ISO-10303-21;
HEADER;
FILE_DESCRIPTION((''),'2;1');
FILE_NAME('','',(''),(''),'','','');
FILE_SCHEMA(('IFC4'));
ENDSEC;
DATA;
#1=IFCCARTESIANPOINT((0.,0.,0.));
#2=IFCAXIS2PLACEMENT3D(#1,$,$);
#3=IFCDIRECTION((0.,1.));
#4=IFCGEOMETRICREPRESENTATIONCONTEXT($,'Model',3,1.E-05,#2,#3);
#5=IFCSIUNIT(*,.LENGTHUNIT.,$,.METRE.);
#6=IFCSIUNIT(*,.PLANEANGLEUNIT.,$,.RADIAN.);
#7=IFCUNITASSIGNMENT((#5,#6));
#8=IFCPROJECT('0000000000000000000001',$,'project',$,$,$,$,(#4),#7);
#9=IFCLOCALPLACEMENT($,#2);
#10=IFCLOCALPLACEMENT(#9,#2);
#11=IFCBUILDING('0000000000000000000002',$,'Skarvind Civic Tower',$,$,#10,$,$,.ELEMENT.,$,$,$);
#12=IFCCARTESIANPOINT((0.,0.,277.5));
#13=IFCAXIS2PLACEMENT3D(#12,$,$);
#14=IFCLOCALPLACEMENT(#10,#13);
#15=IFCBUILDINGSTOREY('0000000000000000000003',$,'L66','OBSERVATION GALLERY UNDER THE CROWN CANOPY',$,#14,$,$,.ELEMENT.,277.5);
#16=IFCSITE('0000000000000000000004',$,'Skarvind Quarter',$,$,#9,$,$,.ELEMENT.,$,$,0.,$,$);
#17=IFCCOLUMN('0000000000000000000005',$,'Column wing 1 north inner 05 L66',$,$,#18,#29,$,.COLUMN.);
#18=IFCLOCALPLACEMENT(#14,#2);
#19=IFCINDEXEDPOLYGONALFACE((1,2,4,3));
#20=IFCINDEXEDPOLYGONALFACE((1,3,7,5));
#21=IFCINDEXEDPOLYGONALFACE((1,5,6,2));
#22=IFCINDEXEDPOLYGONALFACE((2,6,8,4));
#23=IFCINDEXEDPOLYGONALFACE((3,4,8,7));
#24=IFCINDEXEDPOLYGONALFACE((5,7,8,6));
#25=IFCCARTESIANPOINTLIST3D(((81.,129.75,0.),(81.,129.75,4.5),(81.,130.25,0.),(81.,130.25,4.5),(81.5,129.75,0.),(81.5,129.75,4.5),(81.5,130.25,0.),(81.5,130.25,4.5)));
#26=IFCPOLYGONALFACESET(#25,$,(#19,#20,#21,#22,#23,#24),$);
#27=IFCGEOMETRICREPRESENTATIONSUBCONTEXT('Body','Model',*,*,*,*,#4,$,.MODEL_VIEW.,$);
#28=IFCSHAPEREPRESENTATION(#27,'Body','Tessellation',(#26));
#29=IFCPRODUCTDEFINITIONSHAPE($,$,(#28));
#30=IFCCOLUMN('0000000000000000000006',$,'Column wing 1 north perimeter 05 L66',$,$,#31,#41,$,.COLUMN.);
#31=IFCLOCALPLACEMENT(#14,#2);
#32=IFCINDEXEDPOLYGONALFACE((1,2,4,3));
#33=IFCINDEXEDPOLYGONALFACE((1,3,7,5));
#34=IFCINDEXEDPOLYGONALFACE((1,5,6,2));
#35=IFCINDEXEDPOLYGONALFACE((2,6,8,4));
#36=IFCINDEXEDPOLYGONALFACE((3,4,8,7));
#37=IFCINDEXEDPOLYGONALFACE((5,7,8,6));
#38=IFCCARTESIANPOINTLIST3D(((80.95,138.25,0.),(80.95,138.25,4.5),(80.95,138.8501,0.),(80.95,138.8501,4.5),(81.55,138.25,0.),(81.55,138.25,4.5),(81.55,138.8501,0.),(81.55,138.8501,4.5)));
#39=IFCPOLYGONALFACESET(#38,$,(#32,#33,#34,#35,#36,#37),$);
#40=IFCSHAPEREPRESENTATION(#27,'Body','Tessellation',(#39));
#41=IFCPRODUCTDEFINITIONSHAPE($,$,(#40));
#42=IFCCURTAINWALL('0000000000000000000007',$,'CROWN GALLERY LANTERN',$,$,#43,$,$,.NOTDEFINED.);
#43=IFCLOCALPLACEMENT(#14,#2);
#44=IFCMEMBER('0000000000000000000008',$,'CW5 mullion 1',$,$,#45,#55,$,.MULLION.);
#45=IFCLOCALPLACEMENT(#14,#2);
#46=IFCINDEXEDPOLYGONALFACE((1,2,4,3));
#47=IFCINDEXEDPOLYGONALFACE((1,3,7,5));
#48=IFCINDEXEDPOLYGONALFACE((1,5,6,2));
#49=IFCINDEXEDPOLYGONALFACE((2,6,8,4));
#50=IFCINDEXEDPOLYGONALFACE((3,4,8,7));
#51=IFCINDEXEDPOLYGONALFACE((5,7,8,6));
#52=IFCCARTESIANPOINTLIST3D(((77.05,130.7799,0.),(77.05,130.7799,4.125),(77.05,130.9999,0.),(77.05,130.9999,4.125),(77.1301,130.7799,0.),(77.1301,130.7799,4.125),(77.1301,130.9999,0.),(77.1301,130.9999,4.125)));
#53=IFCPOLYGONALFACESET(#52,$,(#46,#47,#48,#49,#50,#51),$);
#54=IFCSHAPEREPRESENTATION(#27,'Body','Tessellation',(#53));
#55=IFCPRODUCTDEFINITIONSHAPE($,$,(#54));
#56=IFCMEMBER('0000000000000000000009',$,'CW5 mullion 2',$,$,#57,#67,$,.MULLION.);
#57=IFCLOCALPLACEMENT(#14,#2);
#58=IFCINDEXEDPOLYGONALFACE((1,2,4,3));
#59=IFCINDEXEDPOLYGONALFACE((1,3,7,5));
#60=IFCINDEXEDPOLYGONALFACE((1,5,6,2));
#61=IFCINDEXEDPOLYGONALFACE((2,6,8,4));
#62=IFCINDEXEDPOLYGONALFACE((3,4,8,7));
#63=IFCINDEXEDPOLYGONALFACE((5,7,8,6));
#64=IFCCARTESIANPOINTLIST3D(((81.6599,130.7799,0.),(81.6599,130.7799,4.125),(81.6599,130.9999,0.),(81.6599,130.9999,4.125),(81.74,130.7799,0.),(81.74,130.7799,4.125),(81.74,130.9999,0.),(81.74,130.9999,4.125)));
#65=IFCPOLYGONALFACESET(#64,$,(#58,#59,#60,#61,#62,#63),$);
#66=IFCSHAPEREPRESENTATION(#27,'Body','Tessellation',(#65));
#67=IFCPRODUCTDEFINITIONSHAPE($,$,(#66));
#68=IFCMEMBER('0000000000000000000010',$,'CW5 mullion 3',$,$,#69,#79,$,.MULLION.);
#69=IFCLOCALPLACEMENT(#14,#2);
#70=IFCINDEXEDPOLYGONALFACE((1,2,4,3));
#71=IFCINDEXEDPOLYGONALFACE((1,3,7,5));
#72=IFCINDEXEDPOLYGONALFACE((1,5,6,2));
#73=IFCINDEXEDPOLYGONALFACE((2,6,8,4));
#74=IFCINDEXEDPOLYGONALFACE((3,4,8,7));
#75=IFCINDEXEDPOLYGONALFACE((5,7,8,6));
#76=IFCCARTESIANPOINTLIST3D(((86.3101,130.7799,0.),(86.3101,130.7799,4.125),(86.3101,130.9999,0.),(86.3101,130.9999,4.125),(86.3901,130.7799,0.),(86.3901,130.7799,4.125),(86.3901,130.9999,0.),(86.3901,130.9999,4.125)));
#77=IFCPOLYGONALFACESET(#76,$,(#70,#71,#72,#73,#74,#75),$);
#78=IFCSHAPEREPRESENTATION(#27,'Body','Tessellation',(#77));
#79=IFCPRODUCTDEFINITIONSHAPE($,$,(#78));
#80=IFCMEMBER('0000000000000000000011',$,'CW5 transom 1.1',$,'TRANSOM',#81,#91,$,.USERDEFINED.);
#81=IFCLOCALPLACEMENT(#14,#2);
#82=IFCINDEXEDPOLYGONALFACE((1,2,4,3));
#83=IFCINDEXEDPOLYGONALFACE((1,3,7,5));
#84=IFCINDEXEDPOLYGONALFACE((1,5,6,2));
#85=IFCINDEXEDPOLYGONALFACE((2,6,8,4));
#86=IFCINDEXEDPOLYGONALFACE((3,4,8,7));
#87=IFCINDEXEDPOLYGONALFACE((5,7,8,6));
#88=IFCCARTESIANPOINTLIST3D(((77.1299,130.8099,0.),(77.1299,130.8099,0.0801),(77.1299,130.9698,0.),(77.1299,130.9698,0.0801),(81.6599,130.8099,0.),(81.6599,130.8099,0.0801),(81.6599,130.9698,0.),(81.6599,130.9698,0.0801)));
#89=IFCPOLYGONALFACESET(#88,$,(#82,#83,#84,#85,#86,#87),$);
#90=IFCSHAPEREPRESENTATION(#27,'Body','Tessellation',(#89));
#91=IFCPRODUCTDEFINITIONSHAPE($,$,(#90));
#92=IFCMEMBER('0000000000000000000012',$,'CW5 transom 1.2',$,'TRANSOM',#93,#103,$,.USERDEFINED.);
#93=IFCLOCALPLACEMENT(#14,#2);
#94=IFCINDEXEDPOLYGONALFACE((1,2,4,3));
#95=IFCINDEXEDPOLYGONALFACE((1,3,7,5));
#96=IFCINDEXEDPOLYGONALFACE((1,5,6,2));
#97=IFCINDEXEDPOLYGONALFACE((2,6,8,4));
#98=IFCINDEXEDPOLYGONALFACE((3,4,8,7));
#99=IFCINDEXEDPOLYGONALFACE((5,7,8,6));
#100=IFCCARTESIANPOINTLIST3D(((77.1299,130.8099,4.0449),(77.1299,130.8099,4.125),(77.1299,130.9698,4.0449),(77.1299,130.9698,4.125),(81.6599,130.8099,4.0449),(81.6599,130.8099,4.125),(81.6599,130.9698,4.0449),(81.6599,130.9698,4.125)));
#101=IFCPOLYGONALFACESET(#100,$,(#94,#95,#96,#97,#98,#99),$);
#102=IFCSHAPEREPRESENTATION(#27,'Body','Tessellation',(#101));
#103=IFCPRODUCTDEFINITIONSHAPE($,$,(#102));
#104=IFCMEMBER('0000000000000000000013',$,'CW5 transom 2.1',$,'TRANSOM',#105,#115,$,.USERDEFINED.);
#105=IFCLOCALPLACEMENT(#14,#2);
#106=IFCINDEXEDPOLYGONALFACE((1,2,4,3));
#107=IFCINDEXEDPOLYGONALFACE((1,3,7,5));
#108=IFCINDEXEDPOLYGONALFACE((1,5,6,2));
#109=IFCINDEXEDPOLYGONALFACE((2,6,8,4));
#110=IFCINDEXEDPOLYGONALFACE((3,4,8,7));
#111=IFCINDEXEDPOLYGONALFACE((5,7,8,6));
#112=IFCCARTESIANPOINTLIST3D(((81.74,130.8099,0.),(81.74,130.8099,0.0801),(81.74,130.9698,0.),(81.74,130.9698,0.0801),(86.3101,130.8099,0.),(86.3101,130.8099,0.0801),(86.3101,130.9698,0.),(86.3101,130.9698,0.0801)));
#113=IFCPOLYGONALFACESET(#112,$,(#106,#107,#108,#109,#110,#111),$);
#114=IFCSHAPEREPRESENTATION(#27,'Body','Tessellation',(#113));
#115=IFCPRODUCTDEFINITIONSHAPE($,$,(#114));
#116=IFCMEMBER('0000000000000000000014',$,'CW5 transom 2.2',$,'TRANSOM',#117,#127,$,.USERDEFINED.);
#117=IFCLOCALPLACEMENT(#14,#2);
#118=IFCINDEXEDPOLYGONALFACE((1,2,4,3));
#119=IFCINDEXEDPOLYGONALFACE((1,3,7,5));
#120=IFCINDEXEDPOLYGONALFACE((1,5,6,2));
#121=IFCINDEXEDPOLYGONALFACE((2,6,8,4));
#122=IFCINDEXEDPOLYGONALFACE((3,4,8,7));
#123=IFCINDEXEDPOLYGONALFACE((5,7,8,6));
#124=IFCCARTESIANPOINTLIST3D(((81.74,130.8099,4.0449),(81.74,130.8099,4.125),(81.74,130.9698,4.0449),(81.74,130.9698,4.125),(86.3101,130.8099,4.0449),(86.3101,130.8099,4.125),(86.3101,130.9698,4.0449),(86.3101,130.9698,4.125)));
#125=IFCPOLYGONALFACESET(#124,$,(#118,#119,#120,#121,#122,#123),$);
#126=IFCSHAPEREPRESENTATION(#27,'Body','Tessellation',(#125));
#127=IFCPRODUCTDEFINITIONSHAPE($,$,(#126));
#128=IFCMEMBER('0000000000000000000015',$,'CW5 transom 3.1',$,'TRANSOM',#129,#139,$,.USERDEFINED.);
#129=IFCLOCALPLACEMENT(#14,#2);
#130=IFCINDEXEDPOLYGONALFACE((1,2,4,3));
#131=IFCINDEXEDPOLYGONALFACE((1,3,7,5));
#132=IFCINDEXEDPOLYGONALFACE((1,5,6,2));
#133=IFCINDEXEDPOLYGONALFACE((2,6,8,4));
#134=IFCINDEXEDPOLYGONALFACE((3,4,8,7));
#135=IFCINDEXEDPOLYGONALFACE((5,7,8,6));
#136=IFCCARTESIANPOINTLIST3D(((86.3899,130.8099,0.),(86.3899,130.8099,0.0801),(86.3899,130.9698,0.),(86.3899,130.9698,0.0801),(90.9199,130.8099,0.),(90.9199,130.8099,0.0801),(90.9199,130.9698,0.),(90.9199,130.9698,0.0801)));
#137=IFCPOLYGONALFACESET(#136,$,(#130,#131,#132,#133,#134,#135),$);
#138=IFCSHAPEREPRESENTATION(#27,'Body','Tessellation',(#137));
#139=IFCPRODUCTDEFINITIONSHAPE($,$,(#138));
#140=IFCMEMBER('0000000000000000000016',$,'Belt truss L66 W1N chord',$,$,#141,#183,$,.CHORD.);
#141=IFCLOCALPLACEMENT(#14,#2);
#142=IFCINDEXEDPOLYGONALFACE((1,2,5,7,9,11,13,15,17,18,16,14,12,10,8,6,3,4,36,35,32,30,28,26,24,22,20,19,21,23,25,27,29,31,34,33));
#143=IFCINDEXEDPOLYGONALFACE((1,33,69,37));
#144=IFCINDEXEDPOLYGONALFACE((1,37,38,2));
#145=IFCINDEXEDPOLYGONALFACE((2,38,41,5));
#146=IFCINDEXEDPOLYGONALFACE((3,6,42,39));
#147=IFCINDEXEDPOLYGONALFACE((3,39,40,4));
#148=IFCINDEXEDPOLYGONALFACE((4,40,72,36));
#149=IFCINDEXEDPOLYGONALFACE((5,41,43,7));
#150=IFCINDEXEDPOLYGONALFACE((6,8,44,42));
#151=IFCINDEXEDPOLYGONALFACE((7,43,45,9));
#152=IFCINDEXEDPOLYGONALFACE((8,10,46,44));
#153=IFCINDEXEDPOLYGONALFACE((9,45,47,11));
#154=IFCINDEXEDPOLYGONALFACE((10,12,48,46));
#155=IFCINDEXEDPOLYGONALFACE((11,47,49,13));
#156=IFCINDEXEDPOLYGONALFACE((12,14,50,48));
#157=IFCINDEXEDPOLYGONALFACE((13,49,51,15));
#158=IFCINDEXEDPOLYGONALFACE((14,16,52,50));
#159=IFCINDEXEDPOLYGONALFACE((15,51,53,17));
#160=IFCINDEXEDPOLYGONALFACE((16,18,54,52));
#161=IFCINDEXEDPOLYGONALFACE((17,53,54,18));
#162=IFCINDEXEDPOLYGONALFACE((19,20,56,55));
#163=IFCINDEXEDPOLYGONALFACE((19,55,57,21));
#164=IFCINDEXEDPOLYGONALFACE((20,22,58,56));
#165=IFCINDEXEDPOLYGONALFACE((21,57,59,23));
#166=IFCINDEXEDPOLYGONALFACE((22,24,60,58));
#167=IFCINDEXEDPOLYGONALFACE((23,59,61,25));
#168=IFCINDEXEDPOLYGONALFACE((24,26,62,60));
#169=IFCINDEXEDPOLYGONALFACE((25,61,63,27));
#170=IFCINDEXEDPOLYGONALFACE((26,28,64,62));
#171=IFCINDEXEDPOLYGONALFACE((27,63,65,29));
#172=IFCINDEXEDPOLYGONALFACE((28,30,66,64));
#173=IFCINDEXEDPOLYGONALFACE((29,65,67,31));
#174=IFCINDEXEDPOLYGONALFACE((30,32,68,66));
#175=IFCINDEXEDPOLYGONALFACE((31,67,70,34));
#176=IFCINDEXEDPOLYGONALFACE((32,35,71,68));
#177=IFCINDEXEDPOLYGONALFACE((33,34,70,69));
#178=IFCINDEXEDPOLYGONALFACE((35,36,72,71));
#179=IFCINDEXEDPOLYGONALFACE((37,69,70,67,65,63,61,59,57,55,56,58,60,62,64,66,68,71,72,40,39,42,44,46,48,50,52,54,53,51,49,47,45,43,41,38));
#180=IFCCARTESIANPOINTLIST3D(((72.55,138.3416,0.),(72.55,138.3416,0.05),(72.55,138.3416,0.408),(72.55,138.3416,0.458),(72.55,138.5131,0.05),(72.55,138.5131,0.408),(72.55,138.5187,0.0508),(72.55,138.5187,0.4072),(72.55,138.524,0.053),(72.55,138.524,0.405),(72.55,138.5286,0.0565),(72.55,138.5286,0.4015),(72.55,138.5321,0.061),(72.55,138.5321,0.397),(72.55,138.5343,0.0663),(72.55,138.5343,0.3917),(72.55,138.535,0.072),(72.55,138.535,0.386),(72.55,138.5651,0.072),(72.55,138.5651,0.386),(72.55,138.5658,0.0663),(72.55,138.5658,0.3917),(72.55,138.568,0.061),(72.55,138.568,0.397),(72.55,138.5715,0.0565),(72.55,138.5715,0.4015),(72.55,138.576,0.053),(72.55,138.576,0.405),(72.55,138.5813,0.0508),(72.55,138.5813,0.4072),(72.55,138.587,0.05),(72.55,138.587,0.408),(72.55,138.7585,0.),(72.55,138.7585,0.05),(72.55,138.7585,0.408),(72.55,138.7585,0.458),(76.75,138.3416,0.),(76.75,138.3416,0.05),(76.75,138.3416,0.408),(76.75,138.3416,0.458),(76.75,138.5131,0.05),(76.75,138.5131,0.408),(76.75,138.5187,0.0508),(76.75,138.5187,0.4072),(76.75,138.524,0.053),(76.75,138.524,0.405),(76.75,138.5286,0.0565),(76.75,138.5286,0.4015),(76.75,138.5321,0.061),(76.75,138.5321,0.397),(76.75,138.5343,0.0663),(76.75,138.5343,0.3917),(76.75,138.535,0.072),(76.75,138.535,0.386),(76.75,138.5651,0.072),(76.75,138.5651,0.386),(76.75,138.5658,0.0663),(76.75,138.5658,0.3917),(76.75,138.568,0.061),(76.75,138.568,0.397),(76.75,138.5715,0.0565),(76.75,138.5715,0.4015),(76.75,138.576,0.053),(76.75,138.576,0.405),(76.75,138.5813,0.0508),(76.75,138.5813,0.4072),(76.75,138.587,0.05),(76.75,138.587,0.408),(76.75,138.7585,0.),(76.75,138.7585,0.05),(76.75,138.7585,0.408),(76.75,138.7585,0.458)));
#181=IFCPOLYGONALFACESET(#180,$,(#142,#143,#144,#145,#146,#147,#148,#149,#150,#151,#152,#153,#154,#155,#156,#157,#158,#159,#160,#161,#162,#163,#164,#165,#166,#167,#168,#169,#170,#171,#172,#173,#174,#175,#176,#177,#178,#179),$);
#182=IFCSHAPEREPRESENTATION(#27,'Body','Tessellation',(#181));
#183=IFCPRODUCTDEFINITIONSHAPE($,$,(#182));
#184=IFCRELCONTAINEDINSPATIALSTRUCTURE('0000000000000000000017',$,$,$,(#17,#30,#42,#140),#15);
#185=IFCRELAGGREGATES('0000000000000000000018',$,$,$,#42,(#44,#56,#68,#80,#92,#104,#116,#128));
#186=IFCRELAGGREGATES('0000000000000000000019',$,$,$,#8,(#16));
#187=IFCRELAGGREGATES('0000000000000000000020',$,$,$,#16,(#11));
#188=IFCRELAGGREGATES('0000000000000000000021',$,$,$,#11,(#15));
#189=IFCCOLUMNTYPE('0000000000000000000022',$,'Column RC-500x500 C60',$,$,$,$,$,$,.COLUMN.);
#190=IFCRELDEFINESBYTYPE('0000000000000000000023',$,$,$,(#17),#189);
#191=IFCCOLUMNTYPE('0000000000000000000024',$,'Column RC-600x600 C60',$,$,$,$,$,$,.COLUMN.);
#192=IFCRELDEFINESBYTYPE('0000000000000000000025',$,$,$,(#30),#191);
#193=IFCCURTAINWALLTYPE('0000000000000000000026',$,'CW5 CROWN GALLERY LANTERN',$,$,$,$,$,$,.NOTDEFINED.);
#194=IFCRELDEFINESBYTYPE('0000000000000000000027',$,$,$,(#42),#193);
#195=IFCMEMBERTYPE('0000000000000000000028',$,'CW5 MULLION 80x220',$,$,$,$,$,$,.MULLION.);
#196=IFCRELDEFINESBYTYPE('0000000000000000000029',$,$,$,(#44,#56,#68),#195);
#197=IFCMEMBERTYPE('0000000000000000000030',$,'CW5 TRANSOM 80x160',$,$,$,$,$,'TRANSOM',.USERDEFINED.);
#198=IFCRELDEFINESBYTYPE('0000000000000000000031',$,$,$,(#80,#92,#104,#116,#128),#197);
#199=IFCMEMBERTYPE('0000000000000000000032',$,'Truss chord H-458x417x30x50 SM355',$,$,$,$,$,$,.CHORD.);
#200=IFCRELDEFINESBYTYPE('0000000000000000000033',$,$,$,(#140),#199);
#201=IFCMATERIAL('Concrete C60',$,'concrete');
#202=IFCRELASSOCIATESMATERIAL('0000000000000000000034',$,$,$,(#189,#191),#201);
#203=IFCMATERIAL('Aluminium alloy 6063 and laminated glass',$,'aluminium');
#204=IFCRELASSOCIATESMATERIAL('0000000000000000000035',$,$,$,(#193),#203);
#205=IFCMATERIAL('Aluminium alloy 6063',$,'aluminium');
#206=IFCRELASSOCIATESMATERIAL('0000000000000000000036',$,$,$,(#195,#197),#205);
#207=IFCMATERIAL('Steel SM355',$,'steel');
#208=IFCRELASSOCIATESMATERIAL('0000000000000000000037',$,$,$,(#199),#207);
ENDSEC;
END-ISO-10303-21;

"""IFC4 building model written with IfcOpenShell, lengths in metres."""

from ifc_helpers import new_model, si_unit, direction, frame, origin, origin_2d, place, context, subcontext, project, spatial, rectangle, i_section, extrude, material, material_profile, profile_set, type_object, element, aggregate, save


model = new_model("IFC4")

# Units and contexts
model_context = context("Model", 3, precision=1e-05, world=origin(), true_north=direction((0.0, 1.0)))
body_context = subcontext(model_context, "Body", "Model", "MODEL_VIEW")
ifc_project = project(units=[si_unit("LENGTHUNIT", "METRE"), si_unit("PLANEANGLEUNIT", "RADIAN")], contexts=[model_context])

# Site, building, storey
site_placement = place(None, origin())
site = spatial("IfcSite", under=ifc_project, at=site_placement, Name="Skarvind Quarter", CompositionType="ELEMENT", RefElevation=0.0)
building_placement = place(site_placement, origin())
building = spatial("IfcBuilding", under=site, at=building_placement, Name="Skarvind Civic Tower", CompositionType="ELEMENT")
storey_placement = place(building_placement, frame((0.0, 0.0, 277.5)))
storey = spatial("IfcBuildingStorey", under=building, at=storey_placement, Name="L66", Description="OBSERVATION GALLERY UNDER THE CROWN CANOPY", CompositionType="ELEMENT", Elevation=277.5)

# Columns
ifc_material_1 = material(Name="Concrete C60", Category="concrete")
ifc_material_profile_1 = material_profile(ifc_material_1, rectangle(XDim=0.5, YDim=0.5, at=origin_2d()), Name="RC-500x500")
ifc_profile_set_1 = profile_set([ifc_material_profile_1], Name="Concrete C60")
column_type_1 = type_object("IfcColumnType", Name="Column RC-500x500 C60", PredefinedType="COLUMN", material=ifc_profile_set_1)
column_1_placement = place(storey_placement, frame((81.25, 130.0, 0.0), z_axis=(0.0, 0.0, 1.0), x_axis=(1.0, 0.0, 0.0)))
element("IfcColumn", 1, at=column_1_placement, inside=storey, type_object=column_type_1, Name="Column wing 1 north inner 05 L66", PredefinedType="COLUMN", context=body_context, shape_type="SweptSolid", body=[
    extrude(rectangle(XDim=0.5, YDim=0.5, at=origin_2d()), origin(), (0.0, 0.0, 1.0), 4.5),
])
ifc_material_profile_2 = material_profile(ifc_material_1, rectangle(XDim=0.6001, YDim=0.6001, at=origin_2d()), Name="RC-600x600")
ifc_profile_set_2 = profile_set([ifc_material_profile_2], Name="Concrete C60")
column_type_2 = type_object("IfcColumnType", Name="Column RC-600x600 C60", PredefinedType="COLUMN", material=ifc_profile_set_2)
column_2_placement = place(storey_placement, frame((81.25, 138.55, 0.0), z_axis=(0.0, 0.0, 1.0), x_axis=(1.0, 0.0, 0.0)))
element("IfcColumn", 2, at=column_2_placement, inside=storey, type_object=column_type_2, Name="Column wing 1 north perimeter 05 L66", PredefinedType="COLUMN", context=body_context, shape_type="SweptSolid", body=[
    extrude(rectangle(XDim=0.6001, YDim=0.6001, at=origin_2d()), origin(), (0.0, 0.0, 1.0), 4.5),
])

# Curtain wall, members
ifc_material_2 = material(Name="Aluminium alloy 6063 and laminated glass", Category="aluminium")
curtain_wall_type = type_object("IfcCurtainWallType", Name="CW5 CROWN GALLERY LANTERN", PredefinedType="NOTDEFINED", material=ifc_material_2)
curtain_wall_placement = place(storey_placement, origin())
curtain_wall = element("IfcCurtainWall", 3, at=curtain_wall_placement, inside=storey, type_object=curtain_wall_type, Name="CROWN GALLERY LANTERN", PredefinedType="NOTDEFINED")
ifc_material_3 = material(Name="Aluminium alloy 6063", Category="aluminium")
ifc_material_profile_3 = material_profile(ifc_material_3, rectangle(XDim=0.22, YDim=0.0801, at=origin_2d()), Name="AL 80x220")
ifc_profile_set_3 = profile_set([ifc_material_profile_3], Name="Aluminium alloy 6063")
member_type_1 = type_object("IfcMemberType", Name="CW5 MULLION 80x220", PredefinedType="MULLION", material=ifc_profile_set_3)
member_1_placement = place(storey_placement, frame((77.0901, 130.8899, 0.0), z_axis=(0.0, 0.0, 1.0), x_axis=(0.0, 1.0, 0.0)))
member_1 = element("IfcMember", 4, at=member_1_placement, type_object=member_type_1, Name="CW5 mullion 1", PredefinedType="MULLION", context=body_context, shape_type="SweptSolid", body=[
    extrude(rectangle(XDim=0.22, YDim=0.0801, at=origin_2d()), origin(), (0.0, 0.0, 1.0), 4.125),
])
member_2_placement = place(storey_placement, frame((81.7, 130.8899, 0.0), z_axis=(0.0, 0.0, 1.0), x_axis=(0.0, 1.0, 0.0)))
member_2 = element("IfcMember", 5, at=member_2_placement, type_object=member_type_1, Name="CW5 mullion 2", PredefinedType="MULLION", context=body_context, shape_type="SweptSolid", body=[
    extrude(rectangle(XDim=0.22, YDim=0.0801, at=origin_2d()), origin(), (0.0, 0.0, 1.0), 4.125),
])
member_3_placement = place(storey_placement, frame((86.3501, 130.8899, 0.0), z_axis=(0.0, 0.0, 1.0), x_axis=(0.0, 1.0, 0.0)))
member_3 = element("IfcMember", 6, at=member_3_placement, type_object=member_type_1, Name="CW5 mullion 3", PredefinedType="MULLION", context=body_context, shape_type="SweptSolid", body=[
    extrude(rectangle(XDim=0.22, YDim=0.0801, at=origin_2d()), origin(), (0.0, 0.0, 1.0), 4.125),
])
ifc_material_profile_4 = material_profile(ifc_material_3, rectangle(XDim=0.1599, YDim=0.0801, at=origin_2d()), Name="AL 80x160")
ifc_profile_set_4 = profile_set([ifc_material_profile_4], Name="Aluminium alloy 6063")
member_type_2 = type_object("IfcMemberType", Name="CW5 TRANSOM 80x160", ElementType="TRANSOM", PredefinedType="USERDEFINED", material=ifc_profile_set_4)
member_4_placement = place(storey_placement, frame((77.1299, 130.8899, 0.04), z_axis=(1.0, 0.0, 0.0), x_axis=(0.0, 1.0, 0.0)))
member_4 = element("IfcMember", 7, at=member_4_placement, type_object=member_type_2, Name="CW5 transom 1.1", ObjectType="TRANSOM", PredefinedType="USERDEFINED", context=body_context, shape_type="SweptSolid", body=[
    extrude(rectangle(XDim=0.1599, YDim=0.0801, at=origin_2d()), origin(), (0.0, 0.0, 1.0), 4.53),
])
member_5_placement = place(storey_placement, frame((77.1299, 130.8899, 4.085), z_axis=(1.0, 0.0, 0.0), x_axis=(0.0, 1.0, 0.0)))
member_5 = element("IfcMember", 8, at=member_5_placement, type_object=member_type_2, Name="CW5 transom 1.2", ObjectType="TRANSOM", PredefinedType="USERDEFINED", context=body_context, shape_type="SweptSolid", body=[
    extrude(rectangle(XDim=0.1599, YDim=0.0801, at=origin_2d()), origin(), (0.0, 0.0, 1.0), 4.53),
])
member_6_placement = place(storey_placement, frame((81.74, 130.8899, 0.04), z_axis=(1.0, 0.0, 0.0), x_axis=(0.0, 1.0, 0.0)))
member_6 = element("IfcMember", 9, at=member_6_placement, type_object=member_type_2, Name="CW5 transom 2.1", ObjectType="TRANSOM", PredefinedType="USERDEFINED", context=body_context, shape_type="SweptSolid", body=[
    extrude(rectangle(XDim=0.1599, YDim=0.0801, at=origin_2d()), origin(), (0.0, 0.0, 1.0), 4.5701),
])
member_7_placement = place(storey_placement, frame((81.74, 130.8899, 4.085), z_axis=(1.0, 0.0, 0.0), x_axis=(0.0, 1.0, 0.0)))
member_7 = element("IfcMember", 10, at=member_7_placement, type_object=member_type_2, Name="CW5 transom 2.2", ObjectType="TRANSOM", PredefinedType="USERDEFINED", context=body_context, shape_type="SweptSolid", body=[
    extrude(rectangle(XDim=0.1599, YDim=0.0801, at=origin_2d()), origin(), (0.0, 0.0, 1.0), 4.5701),
])
member_8_placement = place(storey_placement, frame((86.3899, 130.8899, 0.04), z_axis=(1.0, 0.0, 0.0), x_axis=(0.0, 1.0, 0.0)))
member_8 = element("IfcMember", 11, at=member_8_placement, type_object=member_type_2, Name="CW5 transom 3.1", ObjectType="TRANSOM", PredefinedType="USERDEFINED", context=body_context, shape_type="SweptSolid", body=[
    extrude(rectangle(XDim=0.1599, YDim=0.0801, at=origin_2d()), origin(), (0.0, 0.0, 1.0), 4.53),
])

# Member
ifc_material_4 = material(Name="Steel SM355", Category="steel")
ifc_material_profile_5 = material_profile(ifc_material_4, i_section(OverallWidth=0.417, OverallDepth=0.458, WebThickness=0.03, FlangeThickness=0.05, FilletRadius=0.022, at=origin_2d()), Name="H-458x417x30x50")
ifc_profile_set_5 = profile_set([ifc_material_profile_5], Name="Steel SM355")
member_type_3 = type_object("IfcMemberType", Name="Truss chord H-458x417x30x50 SM355", PredefinedType="CHORD", material=ifc_profile_set_5)
for number, where, z_axis, x_axis, name in (
    (12, (72.55, 138.55, 0.229), (1.0, 0.0, 0.0), (0.0, 1.0, 0.0), "Belt truss L66 W1N chord"),
):
    element("IfcMember", number, at=place(storey_placement, frame(where, z_axis=z_axis, x_axis=x_axis)), inside=storey, type_object=member_type_3, Name=name, PredefinedType="CHORD", context=body_context, shape_type="SweptSolid", body=[
        extrude(i_section(OverallWidth=0.417, OverallDepth=0.458, WebThickness=0.03, FlangeThickness=0.05, FilletRadius=0.022, at=origin_2d()), origin(), (0.0, 0.0, 1.0), 4.2),
    ])

aggregate(curtain_wall, [member_1, member_2, member_3, member_4, member_5, member_6, member_7, member_8])

save(model, "model.ifc")
